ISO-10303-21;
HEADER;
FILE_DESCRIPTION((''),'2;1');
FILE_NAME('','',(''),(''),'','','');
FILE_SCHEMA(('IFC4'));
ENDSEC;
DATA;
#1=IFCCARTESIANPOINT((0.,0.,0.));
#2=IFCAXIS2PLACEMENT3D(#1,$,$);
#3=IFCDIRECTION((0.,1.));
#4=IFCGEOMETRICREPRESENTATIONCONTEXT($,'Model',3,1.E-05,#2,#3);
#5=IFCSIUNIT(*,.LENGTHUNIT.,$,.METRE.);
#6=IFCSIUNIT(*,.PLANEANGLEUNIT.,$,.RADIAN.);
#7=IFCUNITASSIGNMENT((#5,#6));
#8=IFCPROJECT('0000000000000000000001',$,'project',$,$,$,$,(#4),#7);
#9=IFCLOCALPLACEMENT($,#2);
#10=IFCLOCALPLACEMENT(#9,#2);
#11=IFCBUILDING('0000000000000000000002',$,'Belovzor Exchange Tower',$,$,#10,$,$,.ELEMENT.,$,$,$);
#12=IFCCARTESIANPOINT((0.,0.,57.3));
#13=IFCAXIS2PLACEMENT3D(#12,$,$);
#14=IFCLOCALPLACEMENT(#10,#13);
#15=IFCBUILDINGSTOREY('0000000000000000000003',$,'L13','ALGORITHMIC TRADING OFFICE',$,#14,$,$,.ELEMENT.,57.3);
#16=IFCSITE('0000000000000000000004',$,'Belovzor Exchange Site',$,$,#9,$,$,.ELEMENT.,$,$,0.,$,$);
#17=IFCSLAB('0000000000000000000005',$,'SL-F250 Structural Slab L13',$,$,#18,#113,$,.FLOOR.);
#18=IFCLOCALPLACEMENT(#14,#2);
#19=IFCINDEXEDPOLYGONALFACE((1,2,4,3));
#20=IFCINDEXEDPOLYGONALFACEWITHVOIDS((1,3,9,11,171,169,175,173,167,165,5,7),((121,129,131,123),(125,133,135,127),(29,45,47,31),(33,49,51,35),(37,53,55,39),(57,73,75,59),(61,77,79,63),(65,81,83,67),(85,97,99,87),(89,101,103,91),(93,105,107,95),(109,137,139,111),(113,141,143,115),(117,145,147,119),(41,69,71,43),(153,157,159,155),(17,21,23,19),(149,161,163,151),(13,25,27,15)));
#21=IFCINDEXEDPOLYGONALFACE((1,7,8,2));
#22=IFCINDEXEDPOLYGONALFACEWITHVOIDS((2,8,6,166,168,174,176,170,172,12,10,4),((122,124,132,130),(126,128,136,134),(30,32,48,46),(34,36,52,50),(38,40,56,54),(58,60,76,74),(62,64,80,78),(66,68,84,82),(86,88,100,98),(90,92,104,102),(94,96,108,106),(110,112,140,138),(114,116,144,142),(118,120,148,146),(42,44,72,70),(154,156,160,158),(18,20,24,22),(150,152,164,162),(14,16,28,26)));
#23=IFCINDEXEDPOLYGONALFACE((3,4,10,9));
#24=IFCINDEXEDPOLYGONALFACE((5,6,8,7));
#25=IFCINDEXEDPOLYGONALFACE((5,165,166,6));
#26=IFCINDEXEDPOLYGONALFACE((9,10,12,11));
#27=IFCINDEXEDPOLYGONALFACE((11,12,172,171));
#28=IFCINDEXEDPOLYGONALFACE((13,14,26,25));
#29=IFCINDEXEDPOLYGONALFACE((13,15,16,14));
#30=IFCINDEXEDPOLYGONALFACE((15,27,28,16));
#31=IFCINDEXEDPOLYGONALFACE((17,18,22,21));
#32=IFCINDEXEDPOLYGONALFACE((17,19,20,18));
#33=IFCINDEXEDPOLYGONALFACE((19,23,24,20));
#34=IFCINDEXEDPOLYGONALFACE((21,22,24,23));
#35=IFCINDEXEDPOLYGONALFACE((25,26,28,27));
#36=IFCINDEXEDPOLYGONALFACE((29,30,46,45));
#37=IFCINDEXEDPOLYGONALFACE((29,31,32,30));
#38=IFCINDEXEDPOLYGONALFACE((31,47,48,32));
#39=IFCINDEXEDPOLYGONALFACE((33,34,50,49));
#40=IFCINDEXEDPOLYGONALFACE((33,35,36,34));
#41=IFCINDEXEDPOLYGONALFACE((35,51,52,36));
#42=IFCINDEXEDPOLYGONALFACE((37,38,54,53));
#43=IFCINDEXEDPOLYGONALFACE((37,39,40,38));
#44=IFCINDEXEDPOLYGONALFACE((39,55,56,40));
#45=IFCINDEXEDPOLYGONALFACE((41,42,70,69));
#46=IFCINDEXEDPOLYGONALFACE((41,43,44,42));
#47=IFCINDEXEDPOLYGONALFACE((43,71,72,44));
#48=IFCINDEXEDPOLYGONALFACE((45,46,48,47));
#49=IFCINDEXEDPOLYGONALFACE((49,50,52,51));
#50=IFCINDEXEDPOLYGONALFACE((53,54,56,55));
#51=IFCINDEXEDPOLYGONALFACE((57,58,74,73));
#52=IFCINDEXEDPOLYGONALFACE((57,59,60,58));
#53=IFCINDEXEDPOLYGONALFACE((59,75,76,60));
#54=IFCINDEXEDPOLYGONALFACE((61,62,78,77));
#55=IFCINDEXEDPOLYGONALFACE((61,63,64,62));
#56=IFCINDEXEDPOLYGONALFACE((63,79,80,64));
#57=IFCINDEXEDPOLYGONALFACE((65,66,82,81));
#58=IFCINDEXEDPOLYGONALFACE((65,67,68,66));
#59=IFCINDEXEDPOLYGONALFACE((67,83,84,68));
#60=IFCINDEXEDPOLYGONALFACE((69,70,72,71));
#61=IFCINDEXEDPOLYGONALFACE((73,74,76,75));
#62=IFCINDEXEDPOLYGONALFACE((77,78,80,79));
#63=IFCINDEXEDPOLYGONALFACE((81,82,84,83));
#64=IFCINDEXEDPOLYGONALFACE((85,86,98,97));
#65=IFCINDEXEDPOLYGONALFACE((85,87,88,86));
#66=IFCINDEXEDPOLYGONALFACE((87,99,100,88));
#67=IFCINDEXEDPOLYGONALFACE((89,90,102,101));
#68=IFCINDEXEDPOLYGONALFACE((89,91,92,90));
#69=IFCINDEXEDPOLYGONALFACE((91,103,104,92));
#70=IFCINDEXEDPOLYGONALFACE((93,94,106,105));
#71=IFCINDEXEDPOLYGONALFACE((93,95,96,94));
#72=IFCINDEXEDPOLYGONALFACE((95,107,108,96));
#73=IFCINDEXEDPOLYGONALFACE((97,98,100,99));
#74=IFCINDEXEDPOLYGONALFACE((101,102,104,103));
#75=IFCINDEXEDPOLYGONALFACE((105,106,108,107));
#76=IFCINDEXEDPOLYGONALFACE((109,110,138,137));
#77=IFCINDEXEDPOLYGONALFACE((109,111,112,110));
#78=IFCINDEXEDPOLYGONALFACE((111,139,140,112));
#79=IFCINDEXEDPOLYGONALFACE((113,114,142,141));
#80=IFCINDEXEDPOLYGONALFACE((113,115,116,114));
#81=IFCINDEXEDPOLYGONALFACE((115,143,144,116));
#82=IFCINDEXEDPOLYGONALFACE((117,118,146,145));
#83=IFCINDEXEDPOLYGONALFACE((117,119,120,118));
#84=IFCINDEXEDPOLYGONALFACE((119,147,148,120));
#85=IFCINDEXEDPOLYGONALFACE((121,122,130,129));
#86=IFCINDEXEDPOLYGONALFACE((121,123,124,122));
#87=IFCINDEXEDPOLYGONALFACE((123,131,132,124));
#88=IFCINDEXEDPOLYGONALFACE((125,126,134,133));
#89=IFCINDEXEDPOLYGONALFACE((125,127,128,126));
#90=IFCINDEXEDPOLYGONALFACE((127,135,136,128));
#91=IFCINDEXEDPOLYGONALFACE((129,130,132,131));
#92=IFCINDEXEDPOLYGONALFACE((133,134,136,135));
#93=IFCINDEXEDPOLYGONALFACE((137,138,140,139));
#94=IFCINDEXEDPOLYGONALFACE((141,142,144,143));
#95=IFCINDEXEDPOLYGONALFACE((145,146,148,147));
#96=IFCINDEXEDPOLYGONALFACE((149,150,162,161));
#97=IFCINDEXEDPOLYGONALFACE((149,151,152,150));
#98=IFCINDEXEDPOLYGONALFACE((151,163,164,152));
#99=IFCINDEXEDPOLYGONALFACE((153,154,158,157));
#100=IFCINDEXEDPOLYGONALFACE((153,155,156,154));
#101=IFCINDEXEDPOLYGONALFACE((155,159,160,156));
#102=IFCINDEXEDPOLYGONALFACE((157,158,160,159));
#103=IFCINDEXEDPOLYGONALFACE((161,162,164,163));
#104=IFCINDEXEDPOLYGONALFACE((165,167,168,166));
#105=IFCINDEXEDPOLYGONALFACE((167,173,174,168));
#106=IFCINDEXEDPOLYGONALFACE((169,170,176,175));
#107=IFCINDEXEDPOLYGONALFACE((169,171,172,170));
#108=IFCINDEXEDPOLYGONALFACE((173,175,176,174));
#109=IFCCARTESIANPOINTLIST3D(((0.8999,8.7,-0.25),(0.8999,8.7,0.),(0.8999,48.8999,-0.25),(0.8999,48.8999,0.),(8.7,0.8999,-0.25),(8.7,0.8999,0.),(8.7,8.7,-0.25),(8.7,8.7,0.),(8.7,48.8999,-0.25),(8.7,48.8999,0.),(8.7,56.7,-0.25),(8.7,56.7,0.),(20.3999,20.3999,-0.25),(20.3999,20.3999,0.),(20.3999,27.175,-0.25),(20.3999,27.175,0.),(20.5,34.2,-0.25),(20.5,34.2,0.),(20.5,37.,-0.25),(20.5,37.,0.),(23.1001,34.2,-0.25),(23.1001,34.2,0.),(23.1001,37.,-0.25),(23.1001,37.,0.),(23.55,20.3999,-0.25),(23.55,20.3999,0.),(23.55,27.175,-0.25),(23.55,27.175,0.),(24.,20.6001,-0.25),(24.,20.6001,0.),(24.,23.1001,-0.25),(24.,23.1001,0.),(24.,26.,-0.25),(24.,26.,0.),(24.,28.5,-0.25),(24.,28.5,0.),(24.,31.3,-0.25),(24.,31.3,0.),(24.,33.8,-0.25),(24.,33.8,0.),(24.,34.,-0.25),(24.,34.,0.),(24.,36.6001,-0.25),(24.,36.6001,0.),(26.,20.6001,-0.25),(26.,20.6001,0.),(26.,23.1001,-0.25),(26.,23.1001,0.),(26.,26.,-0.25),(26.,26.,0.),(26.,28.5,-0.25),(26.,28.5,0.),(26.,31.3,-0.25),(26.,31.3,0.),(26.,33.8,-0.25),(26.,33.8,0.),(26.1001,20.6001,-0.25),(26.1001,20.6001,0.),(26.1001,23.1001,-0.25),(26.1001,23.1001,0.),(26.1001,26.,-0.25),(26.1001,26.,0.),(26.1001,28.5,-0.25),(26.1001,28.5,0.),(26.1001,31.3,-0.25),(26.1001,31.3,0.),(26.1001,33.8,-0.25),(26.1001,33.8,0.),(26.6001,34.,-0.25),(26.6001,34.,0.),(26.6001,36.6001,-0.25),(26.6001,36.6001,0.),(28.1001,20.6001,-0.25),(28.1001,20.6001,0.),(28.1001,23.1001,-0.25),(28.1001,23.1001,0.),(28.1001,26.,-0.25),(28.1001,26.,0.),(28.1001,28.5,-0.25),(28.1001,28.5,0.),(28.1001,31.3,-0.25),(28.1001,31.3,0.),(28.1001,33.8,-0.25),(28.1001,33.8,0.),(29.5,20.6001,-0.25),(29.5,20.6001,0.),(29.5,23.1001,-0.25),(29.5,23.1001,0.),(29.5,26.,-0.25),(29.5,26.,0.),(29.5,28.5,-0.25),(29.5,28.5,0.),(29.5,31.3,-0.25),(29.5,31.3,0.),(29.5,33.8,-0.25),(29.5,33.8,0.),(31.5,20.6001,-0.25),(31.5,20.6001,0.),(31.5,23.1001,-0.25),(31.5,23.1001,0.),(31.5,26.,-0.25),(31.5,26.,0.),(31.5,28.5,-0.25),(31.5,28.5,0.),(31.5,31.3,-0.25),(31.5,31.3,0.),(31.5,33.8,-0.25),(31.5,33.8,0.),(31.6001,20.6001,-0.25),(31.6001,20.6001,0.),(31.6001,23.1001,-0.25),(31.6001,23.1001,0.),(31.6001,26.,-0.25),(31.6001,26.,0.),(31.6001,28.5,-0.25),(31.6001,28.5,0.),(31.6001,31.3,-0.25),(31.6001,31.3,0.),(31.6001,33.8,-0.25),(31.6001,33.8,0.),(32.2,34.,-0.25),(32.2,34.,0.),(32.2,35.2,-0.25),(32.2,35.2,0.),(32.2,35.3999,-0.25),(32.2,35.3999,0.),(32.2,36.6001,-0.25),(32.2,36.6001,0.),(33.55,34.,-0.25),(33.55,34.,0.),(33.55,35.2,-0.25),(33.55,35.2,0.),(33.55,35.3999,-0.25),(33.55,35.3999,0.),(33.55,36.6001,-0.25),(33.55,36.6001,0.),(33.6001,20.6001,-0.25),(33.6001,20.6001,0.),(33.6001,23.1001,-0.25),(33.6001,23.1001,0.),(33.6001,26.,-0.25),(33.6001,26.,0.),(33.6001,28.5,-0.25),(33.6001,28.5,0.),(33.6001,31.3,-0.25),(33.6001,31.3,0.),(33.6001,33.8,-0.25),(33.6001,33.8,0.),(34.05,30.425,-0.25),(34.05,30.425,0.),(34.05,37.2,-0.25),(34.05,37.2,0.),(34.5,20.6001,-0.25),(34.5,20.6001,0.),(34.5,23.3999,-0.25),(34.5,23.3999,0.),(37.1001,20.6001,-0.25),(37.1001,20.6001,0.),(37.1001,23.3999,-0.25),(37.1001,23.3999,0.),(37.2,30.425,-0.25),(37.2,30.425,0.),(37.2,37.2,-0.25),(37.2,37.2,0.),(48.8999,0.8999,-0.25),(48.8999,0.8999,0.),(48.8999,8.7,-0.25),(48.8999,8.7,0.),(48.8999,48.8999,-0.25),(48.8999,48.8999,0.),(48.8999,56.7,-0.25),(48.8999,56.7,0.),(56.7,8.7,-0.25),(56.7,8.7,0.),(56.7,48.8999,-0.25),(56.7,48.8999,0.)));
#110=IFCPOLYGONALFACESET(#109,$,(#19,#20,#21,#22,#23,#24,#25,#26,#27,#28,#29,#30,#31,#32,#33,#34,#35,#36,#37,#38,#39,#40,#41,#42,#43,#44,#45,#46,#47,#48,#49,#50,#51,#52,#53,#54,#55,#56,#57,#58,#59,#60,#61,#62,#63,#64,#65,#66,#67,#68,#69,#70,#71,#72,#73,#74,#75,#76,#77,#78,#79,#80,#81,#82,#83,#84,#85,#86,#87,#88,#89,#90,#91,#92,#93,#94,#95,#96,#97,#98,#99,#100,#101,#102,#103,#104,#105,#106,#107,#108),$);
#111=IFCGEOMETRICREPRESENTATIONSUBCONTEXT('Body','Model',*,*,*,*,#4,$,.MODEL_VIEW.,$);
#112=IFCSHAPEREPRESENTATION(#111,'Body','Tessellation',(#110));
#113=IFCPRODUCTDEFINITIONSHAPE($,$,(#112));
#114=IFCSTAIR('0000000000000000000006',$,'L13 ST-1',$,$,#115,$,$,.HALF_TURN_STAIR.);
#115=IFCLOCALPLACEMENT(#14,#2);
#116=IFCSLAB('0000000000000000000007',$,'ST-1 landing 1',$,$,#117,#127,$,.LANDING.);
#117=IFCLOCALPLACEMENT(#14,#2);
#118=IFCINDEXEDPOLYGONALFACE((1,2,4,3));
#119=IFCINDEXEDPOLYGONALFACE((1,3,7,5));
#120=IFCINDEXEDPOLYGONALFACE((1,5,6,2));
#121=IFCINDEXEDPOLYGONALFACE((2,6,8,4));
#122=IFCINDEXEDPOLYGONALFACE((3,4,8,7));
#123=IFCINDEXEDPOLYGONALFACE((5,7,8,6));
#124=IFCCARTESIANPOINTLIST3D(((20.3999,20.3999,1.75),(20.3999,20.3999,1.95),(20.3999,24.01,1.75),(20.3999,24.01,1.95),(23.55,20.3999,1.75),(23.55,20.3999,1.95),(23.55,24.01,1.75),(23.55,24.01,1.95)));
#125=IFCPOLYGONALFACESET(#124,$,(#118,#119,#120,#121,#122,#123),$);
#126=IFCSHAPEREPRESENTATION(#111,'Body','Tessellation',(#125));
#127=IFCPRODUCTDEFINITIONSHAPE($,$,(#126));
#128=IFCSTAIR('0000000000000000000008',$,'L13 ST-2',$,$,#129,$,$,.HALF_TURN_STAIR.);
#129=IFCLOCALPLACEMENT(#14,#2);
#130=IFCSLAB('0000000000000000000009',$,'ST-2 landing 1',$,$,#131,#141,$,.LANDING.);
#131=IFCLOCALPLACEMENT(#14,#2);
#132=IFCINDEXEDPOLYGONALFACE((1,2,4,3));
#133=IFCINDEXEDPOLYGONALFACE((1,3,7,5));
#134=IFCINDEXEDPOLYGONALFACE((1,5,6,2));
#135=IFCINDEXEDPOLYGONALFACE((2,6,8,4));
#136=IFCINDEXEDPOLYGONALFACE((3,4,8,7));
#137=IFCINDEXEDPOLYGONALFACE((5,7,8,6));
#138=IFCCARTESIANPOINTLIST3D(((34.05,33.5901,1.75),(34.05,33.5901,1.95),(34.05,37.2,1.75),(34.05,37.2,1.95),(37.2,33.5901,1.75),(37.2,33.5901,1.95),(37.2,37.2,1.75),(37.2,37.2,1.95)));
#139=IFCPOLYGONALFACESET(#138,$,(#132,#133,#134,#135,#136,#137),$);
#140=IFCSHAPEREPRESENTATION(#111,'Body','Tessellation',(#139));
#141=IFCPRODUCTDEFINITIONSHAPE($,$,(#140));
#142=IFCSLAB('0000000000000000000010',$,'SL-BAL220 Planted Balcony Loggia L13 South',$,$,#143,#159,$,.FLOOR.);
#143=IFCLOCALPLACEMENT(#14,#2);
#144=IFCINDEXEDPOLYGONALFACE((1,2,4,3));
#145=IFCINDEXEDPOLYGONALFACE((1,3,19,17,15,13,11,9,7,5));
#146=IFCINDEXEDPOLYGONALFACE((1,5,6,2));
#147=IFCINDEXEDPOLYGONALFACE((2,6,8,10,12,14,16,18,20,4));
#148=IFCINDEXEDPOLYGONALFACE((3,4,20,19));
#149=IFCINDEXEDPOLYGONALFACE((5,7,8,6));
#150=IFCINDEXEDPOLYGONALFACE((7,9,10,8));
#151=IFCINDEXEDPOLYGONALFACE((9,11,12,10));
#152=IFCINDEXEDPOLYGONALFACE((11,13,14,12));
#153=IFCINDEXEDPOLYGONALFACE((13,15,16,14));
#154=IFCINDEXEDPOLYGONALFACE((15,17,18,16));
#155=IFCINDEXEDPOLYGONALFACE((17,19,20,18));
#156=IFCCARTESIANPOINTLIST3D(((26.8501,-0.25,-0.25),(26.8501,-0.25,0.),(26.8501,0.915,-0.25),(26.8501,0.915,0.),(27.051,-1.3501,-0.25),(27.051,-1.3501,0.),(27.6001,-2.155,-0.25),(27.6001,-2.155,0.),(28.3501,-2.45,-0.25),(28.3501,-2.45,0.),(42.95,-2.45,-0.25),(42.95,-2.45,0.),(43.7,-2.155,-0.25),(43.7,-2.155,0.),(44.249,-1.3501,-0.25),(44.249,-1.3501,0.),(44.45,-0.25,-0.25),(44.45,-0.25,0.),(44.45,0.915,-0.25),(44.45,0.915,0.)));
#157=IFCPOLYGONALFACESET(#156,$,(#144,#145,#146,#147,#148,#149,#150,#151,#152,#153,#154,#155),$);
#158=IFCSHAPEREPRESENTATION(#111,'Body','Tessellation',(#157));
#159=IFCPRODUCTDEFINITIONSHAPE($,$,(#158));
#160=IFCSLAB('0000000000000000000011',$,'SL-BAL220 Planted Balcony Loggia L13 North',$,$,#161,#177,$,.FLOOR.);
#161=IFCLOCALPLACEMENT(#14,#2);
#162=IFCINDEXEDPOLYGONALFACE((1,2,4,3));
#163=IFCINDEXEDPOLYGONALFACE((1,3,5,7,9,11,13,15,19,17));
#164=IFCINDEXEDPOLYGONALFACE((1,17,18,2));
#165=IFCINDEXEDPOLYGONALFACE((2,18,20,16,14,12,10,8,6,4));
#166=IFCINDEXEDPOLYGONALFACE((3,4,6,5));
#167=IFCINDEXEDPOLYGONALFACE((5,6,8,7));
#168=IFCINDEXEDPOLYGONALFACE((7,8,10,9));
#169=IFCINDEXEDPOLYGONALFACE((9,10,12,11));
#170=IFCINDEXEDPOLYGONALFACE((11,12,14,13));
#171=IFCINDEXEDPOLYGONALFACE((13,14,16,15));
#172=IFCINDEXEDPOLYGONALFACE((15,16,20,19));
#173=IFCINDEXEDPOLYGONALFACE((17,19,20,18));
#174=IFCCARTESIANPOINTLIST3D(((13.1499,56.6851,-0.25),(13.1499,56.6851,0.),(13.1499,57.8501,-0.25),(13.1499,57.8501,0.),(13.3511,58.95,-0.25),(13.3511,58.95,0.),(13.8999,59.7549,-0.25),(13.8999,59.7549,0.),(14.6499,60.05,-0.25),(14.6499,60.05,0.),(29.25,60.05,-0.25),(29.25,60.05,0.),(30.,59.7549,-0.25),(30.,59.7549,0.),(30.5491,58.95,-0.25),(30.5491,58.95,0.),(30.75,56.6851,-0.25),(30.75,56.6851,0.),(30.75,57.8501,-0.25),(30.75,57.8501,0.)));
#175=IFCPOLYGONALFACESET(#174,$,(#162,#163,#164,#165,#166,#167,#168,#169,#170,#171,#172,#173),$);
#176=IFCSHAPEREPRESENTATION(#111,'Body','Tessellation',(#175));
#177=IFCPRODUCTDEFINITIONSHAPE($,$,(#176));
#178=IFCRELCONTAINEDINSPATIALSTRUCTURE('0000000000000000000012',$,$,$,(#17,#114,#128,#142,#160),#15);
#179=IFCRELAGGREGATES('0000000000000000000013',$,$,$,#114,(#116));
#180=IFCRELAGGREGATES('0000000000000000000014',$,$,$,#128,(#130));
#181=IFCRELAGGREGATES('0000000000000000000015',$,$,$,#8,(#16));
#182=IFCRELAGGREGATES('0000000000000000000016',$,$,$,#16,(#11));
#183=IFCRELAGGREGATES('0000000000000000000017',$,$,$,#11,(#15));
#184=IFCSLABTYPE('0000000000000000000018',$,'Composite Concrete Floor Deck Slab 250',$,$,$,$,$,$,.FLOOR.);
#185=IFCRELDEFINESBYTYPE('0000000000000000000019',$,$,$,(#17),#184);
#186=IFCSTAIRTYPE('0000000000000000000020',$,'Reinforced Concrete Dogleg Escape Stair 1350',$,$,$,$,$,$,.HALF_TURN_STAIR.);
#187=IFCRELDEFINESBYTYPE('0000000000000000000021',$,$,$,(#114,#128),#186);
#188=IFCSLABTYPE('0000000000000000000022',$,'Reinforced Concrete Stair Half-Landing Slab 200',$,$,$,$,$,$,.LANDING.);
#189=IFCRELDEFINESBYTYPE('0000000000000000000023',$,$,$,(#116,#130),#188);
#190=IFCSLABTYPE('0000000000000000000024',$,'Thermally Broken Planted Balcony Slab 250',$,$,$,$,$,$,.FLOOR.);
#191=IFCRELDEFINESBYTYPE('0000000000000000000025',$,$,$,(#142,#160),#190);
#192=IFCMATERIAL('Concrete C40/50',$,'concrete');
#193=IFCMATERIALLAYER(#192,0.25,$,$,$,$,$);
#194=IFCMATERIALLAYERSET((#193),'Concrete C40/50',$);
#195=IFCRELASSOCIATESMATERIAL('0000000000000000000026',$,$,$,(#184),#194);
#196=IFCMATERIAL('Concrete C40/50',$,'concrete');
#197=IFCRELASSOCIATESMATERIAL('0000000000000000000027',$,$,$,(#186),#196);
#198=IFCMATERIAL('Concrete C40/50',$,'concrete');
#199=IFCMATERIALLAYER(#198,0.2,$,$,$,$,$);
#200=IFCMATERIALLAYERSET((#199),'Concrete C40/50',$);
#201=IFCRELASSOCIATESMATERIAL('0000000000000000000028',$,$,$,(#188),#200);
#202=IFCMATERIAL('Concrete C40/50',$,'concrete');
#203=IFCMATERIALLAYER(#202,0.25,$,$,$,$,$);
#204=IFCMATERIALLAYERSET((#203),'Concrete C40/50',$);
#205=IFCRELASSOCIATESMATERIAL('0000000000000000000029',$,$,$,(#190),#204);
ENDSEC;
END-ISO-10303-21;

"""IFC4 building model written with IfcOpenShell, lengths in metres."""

from ifc_helpers import new_model, si_unit, direction, frame, origin, place, context, subcontext, project, spatial, polyline, outline, extrude, material, layer, layer_set, type_object, element, aggregate, save


model = new_model("IFC4")

# Units and contexts
model_context = context("Model", 3, precision=1e-05, world=origin(), true_north=direction((0.0, 1.0)))
body_context = subcontext(model_context, "Body", "Model", "MODEL_VIEW")
ifc_project = project(units=[si_unit("LENGTHUNIT", "METRE"), si_unit("PLANEANGLEUNIT", "RADIAN")], contexts=[model_context])

# Site, building, storey
site_placement = place(None, origin())
site = spatial("IfcSite", under=ifc_project, at=site_placement, Name="Belovzor Exchange Site", CompositionType="ELEMENT", RefElevation=0.0)
building_placement = place(site_placement, origin())
building = spatial("IfcBuilding", under=site, at=building_placement, Name="Belovzor Exchange Tower", CompositionType="ELEMENT")
storey_placement = place(building_placement, frame((0.0, 0.0, 57.3)))
storey = spatial("IfcBuildingStorey", under=building, at=storey_placement, Name="L13", Description="ALGORITHMIC TRADING OFFICE", CompositionType="ELEMENT", Elevation=57.3)

# Slab
ifc_material_1 = material(Name="Concrete C40/50", Category="concrete")
ifc_layer_1 = layer(ifc_material_1, 0.25)
ifc_layer_set_1 = layer_set([ifc_layer_1], Name="Concrete C40/50")
slab_type_1 = type_object("IfcSlabType", Name="Composite Concrete Floor Deck Slab 250", PredefinedType="FLOOR", material=ifc_layer_set_1)
slab_1_placement = place(storey_placement, frame((0.0, 0.0, -0.25)))
element("IfcSlab", 1, at=slab_1_placement, inside=storey, type_object=slab_type_1, Name="SL-F250 Structural Slab L13", PredefinedType="FLOOR", context=body_context, shape_type="SweptSolid", body=[
    extrude(outline(polyline([(8.7, 0.8999), (48.8999, 0.8999), (48.8999, 8.7), (56.7, 8.7), (56.7, 48.8999), (48.8999, 48.8999), (48.8999, 56.7), (8.7, 56.7), (8.7, 48.8999), (0.8999, 48.8999), (0.8999, 8.7), (8.7, 8.7), (8.7, 0.8999)]), holes=[polyline([(20.3999, 27.175), (20.3999, 20.3999), (23.55, 20.3999), (23.55, 27.175), (20.3999, 27.175)]), polyline([(37.2, 30.425), (37.2, 37.2), (34.05, 37.2), (34.05, 30.425), (37.2, 30.425)]), polyline([(20.5, 34.2), (23.1001, 34.2), (23.1001, 37.0), (20.5, 37.0), (20.5, 34.2)]), polyline([(34.5, 20.6001), (37.1001, 20.6001), (37.1001, 23.3999), (34.5, 23.3999), (34.5, 20.6001)]), polyline([(24.0, 34.0), (26.6001, 34.0), (26.6001, 36.6001), (24.0, 36.6001), (24.0, 34.0)]), polyline([(24.0, 20.6001), (26.0, 20.6001), (26.0, 23.1001), (24.0, 23.1001), (24.0, 20.6001)]), polyline([(26.1001, 20.6001), (28.1001, 20.6001), (28.1001, 23.1001), (26.1001, 23.1001), (26.1001, 20.6001)]), polyline([(29.5, 20.6001), (31.5, 20.6001), (31.5, 23.1001), (29.5, 23.1001), (29.5, 20.6001)]), polyline([(31.6001, 20.6001), (33.6001, 20.6001), (33.6001, 23.1001), (31.6001, 23.1001), (31.6001, 20.6001)]), polyline([(24.0, 26.0), (26.0, 26.0), (26.0, 28.5), (24.0, 28.5), (24.0, 26.0)]), polyline([(26.1001, 26.0), (28.1001, 26.0), (28.1001, 28.5), (26.1001, 28.5), (26.1001, 26.0)]), polyline([(29.5, 26.0), (31.5, 26.0), (31.5, 28.5), (29.5, 28.5), (29.5, 26.0)]), polyline([(31.6001, 26.0), (33.6001, 26.0), (33.6001, 28.5), (31.6001, 28.5), (31.6001, 26.0)]), polyline([(24.0, 31.3), (26.0, 31.3), (26.0, 33.8), (24.0, 33.8), (24.0, 31.3)]), polyline([(26.1001, 31.3), (28.1001, 31.3), (28.1001, 33.8), (26.1001, 33.8), (26.1001, 31.3)]), polyline([(29.5, 31.3), (31.5, 31.3), (31.5, 33.8), (29.5, 33.8), (29.5, 31.3)]), polyline([(31.6001, 31.3), (33.6001, 31.3), (33.6001, 33.8), (31.6001, 33.8), (31.6001, 31.3)]), polyline([(32.2, 34.0), (33.55, 34.0), (33.55, 35.2), (32.2, 35.2), (32.2, 34.0)]), polyline([(32.2, 35.3999), (33.55, 35.3999), (33.55, 36.6001), (32.2, 36.6001), (32.2, 35.3999)])]), origin(), (0.0, 0.0, 1.0), 0.25),
])

# Stairs, slabs
ifc_material_2 = material(Name="Concrete C40/50", Category="concrete")
stair_type = type_object("IfcStairType", Name="Reinforced Concrete Dogleg Escape Stair 1350", PredefinedType="HALF_TURN_STAIR", material=ifc_material_2)
stair_1_placement = place(storey_placement, origin())
stair_1 = element("IfcStair", 2, at=stair_1_placement, inside=storey, type_object=stair_type, Name="L13 ST-1", PredefinedType="HALF_TURN_STAIR")
ifc_material_3 = material(Name="Concrete C40/50", Category="concrete")
ifc_layer_2 = layer(ifc_material_3, 0.2)
ifc_layer_set_2 = layer_set([ifc_layer_2], Name="Concrete C40/50")
slab_type_2 = type_object("IfcSlabType", Name="Reinforced Concrete Stair Half-Landing Slab 200", PredefinedType="LANDING", material=ifc_layer_set_2)
slab_2_placement = place(storey_placement, frame((0.0, 0.0, 1.75)))
slab_2 = element("IfcSlab", 3, at=slab_2_placement, type_object=slab_type_2, Name="ST-1 landing 1", PredefinedType="LANDING", context=body_context, shape_type="SweptSolid", body=[
    extrude(outline(polyline([(20.3999, 24.01), (20.3999, 20.3999), (23.55, 20.3999), (23.55, 24.01), (20.3999, 24.01)])), origin(), (0.0, 0.0, 1.0), 0.2),
])
aggregate(stair_1, [slab_2])
stair_2_placement = place(storey_placement, origin())
stair_2 = element("IfcStair", 4, at=stair_2_placement, inside=storey, type_object=stair_type, Name="L13 ST-2", PredefinedType="HALF_TURN_STAIR")
slab_3_placement = place(storey_placement, frame((0.0, 0.0, 1.75)))
slab_3 = element("IfcSlab", 5, at=slab_3_placement, type_object=slab_type_2, Name="ST-2 landing 1", PredefinedType="LANDING", context=body_context, shape_type="SweptSolid", body=[
    extrude(outline(polyline([(37.2, 33.5901), (37.2, 37.2), (34.05, 37.2), (34.05, 33.5901), (37.2, 33.5901)])), origin(), (0.0, 0.0, 1.0), 0.2),
])
aggregate(stair_2, [slab_3])

# Slabs
ifc_material_4 = material(Name="Concrete C40/50", Category="concrete")
ifc_layer_3 = layer(ifc_material_4, 0.25)
ifc_layer_set_3 = layer_set([ifc_layer_3], Name="Concrete C40/50")
slab_type_3 = type_object("IfcSlabType", Name="Thermally Broken Planted Balcony Slab 250", PredefinedType="FLOOR", material=ifc_layer_set_3)
slab_4_placement = place(storey_placement, frame((0.0, 0.0, -0.25)))
element("IfcSlab", 6, at=slab_4_placement, inside=storey, type_object=slab_type_3, Name="SL-BAL220 Planted Balcony Loggia L13 South", PredefinedType="FLOOR", context=body_context, shape_type="SweptSolid", body=[
    extrude(outline(polyline([(26.8501, 0.915), (26.8501, -0.25), (27.051, -1.3501), (27.6001, -2.155), (28.3501, -2.45), (42.95, -2.45), (43.7, -2.155), (44.249, -1.3501), (44.45, -0.25), (44.45, 0.915), (26.8501, 0.915)])), origin(), (0.0, 0.0, 1.0), 0.25),
])
slab_5_placement = place(storey_placement, frame((0.0, 0.0, -0.25)))
element("IfcSlab", 7, at=slab_5_placement, inside=storey, type_object=slab_type_3, Name="SL-BAL220 Planted Balcony Loggia L13 North", PredefinedType="FLOOR", context=body_context, shape_type="SweptSolid", body=[
    extrude(outline(polyline([(30.75, 56.6851), (30.75, 57.8501), (30.5491, 58.95), (30.0, 59.7549), (29.25, 60.05), (14.6499, 60.05), (13.8999, 59.7549), (13.3511, 58.95), (13.1499, 57.8501), (13.1499, 56.6851), (30.75, 56.6851)])), origin(), (0.0, 0.0, 1.0), 0.25),
])

save(model, "model.ifc")
